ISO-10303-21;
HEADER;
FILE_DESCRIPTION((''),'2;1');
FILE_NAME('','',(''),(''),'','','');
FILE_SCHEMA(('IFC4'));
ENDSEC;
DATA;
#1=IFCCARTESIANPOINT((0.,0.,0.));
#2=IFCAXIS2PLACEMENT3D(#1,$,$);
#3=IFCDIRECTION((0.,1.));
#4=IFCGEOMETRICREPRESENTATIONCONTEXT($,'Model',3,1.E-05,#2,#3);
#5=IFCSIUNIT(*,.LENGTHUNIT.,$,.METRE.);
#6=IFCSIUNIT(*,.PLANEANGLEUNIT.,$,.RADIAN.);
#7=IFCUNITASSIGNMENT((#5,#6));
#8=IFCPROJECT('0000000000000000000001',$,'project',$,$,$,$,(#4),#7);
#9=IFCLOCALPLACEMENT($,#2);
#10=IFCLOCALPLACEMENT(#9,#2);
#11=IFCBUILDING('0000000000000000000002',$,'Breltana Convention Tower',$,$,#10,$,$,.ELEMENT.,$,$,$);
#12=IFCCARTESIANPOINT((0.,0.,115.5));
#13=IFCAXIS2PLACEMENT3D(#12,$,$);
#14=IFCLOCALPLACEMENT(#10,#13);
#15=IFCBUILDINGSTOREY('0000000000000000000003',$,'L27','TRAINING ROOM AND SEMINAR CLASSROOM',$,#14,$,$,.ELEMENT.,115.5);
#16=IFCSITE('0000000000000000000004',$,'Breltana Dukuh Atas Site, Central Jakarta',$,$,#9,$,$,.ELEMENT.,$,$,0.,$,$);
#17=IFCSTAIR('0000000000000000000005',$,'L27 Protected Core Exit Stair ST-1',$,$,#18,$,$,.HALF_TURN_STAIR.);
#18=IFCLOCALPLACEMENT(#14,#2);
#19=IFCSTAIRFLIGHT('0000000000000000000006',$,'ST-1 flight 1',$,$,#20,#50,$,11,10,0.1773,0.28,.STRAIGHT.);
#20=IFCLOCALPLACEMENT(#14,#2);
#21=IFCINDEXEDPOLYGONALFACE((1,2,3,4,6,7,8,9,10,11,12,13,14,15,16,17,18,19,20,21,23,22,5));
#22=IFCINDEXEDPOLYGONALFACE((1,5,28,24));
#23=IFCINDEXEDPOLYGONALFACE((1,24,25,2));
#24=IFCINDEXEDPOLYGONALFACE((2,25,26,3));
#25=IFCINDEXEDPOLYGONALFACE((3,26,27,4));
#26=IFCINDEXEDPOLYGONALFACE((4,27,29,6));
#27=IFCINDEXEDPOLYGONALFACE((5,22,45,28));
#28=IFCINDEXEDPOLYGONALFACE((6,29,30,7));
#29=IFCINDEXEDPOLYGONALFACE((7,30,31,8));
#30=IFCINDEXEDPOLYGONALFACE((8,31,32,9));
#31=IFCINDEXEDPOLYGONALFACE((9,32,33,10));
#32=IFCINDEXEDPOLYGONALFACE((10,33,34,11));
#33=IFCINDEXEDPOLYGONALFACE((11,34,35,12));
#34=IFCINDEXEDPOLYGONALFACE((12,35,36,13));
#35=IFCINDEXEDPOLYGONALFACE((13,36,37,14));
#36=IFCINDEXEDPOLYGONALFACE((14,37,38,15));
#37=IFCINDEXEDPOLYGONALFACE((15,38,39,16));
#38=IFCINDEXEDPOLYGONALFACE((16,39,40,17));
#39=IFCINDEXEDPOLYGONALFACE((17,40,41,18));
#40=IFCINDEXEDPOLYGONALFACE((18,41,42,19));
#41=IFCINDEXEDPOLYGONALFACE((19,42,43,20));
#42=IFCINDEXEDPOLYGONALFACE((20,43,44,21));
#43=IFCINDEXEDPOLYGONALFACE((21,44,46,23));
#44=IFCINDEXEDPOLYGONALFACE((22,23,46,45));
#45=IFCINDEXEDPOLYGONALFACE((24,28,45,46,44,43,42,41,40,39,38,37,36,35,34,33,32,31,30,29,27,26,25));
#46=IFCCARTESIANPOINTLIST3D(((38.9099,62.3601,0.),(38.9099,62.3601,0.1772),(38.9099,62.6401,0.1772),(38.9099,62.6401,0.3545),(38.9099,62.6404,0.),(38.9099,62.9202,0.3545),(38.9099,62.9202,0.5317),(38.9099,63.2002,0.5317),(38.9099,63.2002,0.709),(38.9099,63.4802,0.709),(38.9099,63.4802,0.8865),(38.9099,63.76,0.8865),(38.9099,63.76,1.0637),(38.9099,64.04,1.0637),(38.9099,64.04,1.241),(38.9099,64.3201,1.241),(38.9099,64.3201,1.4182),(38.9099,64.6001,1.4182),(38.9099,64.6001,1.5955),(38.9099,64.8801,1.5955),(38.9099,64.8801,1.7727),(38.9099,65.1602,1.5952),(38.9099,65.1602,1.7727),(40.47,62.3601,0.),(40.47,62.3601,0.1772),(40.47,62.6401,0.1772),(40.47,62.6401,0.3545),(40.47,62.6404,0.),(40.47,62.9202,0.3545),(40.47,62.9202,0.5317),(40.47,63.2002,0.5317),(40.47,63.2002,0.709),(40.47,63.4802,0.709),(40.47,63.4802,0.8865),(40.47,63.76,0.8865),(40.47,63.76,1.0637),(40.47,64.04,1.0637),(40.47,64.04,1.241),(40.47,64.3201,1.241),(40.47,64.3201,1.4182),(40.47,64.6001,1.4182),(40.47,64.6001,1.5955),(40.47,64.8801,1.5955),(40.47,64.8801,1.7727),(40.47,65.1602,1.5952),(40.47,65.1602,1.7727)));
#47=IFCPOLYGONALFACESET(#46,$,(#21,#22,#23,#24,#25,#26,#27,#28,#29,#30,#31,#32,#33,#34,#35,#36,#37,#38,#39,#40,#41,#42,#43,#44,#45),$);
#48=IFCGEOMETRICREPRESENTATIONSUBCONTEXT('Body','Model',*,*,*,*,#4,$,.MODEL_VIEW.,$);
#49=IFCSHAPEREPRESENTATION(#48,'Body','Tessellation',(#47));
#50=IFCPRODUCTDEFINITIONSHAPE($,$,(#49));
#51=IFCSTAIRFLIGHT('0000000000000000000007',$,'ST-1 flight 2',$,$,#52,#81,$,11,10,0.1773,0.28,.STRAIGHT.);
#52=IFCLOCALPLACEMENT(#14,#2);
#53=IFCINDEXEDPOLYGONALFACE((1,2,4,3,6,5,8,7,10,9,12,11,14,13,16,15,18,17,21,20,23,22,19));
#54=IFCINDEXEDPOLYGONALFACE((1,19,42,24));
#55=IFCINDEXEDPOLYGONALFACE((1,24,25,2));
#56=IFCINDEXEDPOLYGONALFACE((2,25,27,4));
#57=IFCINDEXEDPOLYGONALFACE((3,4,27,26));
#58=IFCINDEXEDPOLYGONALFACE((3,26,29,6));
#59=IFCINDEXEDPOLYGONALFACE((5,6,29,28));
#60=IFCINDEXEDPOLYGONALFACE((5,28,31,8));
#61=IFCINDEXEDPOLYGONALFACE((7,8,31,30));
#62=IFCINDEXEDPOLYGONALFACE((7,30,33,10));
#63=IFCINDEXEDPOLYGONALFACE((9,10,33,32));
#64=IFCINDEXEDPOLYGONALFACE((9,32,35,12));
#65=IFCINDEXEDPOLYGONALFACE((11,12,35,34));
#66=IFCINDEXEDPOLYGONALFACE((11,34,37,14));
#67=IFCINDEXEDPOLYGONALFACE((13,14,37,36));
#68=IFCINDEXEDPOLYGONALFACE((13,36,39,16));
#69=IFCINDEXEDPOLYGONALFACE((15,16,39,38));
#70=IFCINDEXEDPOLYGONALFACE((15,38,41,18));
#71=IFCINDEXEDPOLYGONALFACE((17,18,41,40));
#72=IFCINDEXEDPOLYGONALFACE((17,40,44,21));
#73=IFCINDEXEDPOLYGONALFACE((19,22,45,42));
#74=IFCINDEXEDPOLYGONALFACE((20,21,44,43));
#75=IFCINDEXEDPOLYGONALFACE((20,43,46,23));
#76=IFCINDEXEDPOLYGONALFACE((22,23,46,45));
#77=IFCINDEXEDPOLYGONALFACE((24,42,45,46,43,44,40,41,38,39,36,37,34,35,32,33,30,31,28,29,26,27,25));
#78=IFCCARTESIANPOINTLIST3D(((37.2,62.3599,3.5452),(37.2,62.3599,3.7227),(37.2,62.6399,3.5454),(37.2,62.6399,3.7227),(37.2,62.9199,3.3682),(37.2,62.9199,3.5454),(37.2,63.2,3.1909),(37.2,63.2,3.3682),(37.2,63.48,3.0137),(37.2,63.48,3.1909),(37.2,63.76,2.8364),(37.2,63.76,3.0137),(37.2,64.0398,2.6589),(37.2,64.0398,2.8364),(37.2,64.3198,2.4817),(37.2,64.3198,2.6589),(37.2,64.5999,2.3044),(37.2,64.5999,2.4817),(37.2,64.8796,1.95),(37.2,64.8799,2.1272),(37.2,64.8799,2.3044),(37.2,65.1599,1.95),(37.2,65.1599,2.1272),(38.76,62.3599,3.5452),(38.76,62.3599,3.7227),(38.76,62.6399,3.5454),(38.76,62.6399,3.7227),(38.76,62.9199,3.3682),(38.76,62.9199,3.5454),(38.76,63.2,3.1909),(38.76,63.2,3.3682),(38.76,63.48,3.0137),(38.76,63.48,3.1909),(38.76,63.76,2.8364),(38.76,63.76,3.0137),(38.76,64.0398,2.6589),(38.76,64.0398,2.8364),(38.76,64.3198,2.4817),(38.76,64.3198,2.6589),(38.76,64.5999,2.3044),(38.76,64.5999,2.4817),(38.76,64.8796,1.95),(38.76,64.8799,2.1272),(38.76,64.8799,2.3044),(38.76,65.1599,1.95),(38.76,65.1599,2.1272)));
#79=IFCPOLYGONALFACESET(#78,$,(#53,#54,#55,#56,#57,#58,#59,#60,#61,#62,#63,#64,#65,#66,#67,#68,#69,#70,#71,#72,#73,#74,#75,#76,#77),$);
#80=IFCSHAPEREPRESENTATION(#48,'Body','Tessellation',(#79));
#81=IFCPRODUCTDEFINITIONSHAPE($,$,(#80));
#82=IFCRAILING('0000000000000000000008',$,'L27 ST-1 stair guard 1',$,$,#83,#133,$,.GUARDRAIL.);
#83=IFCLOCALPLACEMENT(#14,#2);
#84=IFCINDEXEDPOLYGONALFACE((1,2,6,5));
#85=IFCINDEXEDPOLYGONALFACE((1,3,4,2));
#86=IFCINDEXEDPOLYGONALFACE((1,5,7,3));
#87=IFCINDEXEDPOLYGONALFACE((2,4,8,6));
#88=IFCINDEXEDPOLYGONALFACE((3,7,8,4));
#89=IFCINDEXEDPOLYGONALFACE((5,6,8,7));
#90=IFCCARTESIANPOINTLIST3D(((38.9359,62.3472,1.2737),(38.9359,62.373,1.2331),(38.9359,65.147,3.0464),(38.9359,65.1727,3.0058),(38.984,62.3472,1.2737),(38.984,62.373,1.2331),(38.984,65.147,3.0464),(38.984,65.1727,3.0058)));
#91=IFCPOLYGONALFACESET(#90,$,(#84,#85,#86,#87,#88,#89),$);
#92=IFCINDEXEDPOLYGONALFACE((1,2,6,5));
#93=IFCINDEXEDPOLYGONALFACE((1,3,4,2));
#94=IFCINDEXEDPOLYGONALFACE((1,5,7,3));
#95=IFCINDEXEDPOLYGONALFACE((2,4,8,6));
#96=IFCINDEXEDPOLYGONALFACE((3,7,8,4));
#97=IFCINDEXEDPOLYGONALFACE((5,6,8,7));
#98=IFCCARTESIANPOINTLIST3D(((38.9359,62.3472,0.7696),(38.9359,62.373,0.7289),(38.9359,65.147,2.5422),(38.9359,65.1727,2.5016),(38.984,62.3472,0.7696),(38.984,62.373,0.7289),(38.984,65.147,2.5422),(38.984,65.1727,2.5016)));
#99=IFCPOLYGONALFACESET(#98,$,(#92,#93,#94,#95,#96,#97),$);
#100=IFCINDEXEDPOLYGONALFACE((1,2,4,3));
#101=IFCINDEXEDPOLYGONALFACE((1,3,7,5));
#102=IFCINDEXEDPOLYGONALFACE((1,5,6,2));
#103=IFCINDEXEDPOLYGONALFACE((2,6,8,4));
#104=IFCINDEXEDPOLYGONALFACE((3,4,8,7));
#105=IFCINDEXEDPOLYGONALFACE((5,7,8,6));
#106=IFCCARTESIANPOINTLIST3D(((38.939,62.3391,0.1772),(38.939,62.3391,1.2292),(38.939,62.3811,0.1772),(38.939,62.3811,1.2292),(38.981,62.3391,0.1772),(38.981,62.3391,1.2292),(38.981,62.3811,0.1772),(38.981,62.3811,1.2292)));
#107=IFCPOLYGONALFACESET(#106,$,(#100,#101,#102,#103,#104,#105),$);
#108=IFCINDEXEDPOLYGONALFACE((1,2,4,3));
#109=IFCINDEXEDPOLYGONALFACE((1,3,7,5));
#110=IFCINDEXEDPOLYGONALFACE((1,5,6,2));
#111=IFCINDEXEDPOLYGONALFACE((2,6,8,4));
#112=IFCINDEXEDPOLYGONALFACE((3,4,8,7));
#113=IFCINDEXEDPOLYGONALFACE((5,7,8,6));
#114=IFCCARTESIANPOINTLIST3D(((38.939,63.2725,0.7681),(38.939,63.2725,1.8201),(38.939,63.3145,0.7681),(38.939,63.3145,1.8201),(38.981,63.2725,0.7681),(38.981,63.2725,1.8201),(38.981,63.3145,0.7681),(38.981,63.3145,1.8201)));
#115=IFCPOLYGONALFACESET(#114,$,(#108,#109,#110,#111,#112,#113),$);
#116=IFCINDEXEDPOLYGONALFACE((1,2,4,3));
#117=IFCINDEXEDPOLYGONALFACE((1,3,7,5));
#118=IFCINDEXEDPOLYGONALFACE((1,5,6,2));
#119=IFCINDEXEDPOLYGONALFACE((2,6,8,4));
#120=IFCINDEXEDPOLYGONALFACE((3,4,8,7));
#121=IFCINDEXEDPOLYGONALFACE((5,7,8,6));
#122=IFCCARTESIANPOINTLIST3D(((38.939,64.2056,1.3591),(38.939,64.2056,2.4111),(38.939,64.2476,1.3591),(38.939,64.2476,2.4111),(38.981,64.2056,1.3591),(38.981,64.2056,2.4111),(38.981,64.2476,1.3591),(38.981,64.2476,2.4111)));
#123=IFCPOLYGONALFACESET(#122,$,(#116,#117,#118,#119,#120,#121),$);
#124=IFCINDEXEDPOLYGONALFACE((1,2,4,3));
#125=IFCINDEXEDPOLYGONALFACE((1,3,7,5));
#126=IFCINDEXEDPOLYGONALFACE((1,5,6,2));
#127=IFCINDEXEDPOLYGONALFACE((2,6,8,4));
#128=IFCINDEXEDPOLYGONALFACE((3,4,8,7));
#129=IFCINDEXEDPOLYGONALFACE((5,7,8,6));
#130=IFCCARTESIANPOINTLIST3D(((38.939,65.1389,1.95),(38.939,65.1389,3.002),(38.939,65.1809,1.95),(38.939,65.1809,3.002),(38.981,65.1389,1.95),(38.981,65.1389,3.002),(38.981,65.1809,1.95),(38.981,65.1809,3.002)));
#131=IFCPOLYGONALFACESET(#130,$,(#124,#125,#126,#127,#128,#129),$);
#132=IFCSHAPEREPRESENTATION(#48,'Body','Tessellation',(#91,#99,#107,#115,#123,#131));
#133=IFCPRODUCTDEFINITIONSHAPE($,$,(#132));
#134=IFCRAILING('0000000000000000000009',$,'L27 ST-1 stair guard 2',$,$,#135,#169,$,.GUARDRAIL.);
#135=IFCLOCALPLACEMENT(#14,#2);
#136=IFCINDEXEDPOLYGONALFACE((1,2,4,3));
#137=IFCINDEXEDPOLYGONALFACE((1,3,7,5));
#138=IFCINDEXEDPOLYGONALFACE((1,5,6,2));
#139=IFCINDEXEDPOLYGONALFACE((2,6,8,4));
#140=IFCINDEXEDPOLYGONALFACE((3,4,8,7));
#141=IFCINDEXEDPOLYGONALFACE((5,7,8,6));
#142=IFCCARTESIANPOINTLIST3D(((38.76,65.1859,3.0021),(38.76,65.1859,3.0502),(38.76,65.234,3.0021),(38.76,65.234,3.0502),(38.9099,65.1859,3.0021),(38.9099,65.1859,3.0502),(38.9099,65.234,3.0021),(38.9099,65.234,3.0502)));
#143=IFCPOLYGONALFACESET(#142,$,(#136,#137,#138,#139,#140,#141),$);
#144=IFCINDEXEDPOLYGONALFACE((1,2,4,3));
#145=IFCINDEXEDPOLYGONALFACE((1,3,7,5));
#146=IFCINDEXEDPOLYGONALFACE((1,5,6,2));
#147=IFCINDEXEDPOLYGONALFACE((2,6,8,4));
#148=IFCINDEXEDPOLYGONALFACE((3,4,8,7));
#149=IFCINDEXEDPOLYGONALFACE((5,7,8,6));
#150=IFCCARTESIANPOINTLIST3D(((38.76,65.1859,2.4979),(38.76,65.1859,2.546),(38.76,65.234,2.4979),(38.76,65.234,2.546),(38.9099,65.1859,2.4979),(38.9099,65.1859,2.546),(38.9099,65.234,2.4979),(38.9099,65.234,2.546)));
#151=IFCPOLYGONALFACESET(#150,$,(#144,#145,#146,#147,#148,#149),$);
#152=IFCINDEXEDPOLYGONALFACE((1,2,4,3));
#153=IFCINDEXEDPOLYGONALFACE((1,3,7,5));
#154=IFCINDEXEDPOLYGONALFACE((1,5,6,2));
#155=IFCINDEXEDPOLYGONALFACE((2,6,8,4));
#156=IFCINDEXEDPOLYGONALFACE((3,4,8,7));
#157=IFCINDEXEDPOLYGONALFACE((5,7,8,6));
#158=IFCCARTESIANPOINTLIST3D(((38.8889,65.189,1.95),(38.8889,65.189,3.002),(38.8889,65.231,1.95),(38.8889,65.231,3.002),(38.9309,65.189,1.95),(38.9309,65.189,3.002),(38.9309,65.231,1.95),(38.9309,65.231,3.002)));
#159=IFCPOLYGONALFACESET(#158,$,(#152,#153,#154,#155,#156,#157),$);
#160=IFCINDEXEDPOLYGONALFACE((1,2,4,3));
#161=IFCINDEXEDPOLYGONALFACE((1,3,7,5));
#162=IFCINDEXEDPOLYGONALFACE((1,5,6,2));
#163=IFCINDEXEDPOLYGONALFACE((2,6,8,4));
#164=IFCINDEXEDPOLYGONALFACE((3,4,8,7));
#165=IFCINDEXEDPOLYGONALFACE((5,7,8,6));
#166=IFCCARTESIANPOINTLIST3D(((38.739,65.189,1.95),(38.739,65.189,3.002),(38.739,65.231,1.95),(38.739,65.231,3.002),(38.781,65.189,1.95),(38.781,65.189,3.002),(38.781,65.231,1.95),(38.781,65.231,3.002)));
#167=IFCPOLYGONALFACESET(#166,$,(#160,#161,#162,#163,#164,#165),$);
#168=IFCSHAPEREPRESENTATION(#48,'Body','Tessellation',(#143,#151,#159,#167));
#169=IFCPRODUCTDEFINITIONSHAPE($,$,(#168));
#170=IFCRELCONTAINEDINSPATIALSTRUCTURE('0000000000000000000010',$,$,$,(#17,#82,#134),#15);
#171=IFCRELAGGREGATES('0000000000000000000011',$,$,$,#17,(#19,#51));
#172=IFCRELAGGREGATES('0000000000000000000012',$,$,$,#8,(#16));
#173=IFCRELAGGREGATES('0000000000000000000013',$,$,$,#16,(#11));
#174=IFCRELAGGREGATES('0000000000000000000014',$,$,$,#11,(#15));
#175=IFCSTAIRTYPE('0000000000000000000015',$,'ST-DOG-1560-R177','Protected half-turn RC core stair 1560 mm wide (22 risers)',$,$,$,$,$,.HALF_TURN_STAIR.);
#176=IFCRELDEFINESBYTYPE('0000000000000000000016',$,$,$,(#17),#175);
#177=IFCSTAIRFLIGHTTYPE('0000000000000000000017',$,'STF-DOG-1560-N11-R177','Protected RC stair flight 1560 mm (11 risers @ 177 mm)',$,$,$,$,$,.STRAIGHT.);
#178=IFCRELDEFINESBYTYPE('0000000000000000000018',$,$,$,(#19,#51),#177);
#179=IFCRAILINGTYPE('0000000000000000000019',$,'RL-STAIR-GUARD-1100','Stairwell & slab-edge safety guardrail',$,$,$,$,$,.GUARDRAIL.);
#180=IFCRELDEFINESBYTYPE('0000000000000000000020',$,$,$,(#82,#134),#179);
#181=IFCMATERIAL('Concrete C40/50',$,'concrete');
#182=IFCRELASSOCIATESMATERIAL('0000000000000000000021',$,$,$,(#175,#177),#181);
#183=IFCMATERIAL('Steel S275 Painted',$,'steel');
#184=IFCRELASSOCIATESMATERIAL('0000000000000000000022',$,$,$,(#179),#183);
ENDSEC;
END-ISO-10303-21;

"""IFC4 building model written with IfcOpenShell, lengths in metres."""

from ifc_helpers import new_model, si_unit, direction, frame, origin, origin_2d, place, context, subcontext, project, spatial, polyline, rectangle, outline, extrude, material, type_object, element, aggregate, save


model = new_model("IFC4")

# Units and contexts
model_context = context("Model", 3, precision=1e-05, world=origin(), true_north=direction((0.0, 1.0)))
body_context = subcontext(model_context, "Body", "Model", "MODEL_VIEW")
ifc_project = project(units=[si_unit("LENGTHUNIT", "METRE"), si_unit("PLANEANGLEUNIT", "RADIAN")], contexts=[model_context])

# Site, building, storey
site_placement = place(None, origin())
site = spatial("IfcSite", under=ifc_project, at=site_placement, Name="Breltana Dukuh Atas Site, Central Jakarta", CompositionType="ELEMENT", RefElevation=0.0)
building_placement = place(site_placement, origin())
building = spatial("IfcBuilding", under=site, at=building_placement, Name="Breltana Convention Tower", CompositionType="ELEMENT")
storey_placement = place(building_placement, frame((0.0, 0.0, 115.5)))
storey = spatial("IfcBuildingStorey", under=building, at=storey_placement, Name="L27", Description="TRAINING ROOM AND SEMINAR CLASSROOM", CompositionType="ELEMENT", Elevation=115.5)

# Stair, stair flights
ifc_material_1 = material(Name="Concrete C40/50", Category="concrete")
stair_type = type_object("IfcStairType", Name="ST-DOG-1560-R177", Description="Protected half-turn RC core stair 1560 mm wide (22 risers)", PredefinedType="HALF_TURN_STAIR", material=ifc_material_1)
stair_placement = place(storey_placement, origin())
stair = element("IfcStair", 1, at=stair_placement, inside=storey, type_object=stair_type, Name="L27 Protected Core Exit Stair ST-1", PredefinedType="HALF_TURN_STAIR")
stair_flight_type = type_object("IfcStairFlightType", Name="STF-DOG-1560-N11-R177", Description="Protected RC stair flight 1560 mm (11 risers @ 177 mm)", PredefinedType="STRAIGHT", material=ifc_material_1)
stair_flight_1_placement = place(storey_placement, frame((39.6899, 62.3601, 0.0), z_axis=(0.0, 0.0, 1.0), x_axis=(0.0, 1.0, 0.0)))
stair_flight_1 = element("IfcStairFlight", 2, at=stair_flight_1_placement, type_object=stair_flight_type, Name="ST-1 flight 1", NumberOfRisers=11, NumberOfTreads=10, PredefinedType="STRAIGHT", RiserHeight=0.1773, TreadLength=0.28, context=body_context, shape_type="SweptSolid", body=[
    extrude(outline(polyline([(0.0, 0.0), (0.0, 0.1772), (0.28, 0.1772), (0.28, 0.3545), (0.5601, 0.3545), (0.5601, 0.5317), (0.8401, 0.5317), (0.8401, 0.709), (1.1201, 0.709), (1.1201, 0.8865), (1.3999, 0.8865), (1.3999, 1.0637), (1.6799, 1.0637), (1.6799, 1.241), (1.96, 1.241), (1.96, 1.4182), (2.24, 1.4182), (2.24, 1.5955), (2.52, 1.5955), (2.52, 1.7727), (2.8, 1.7727), (2.8, 1.95), (2.8, 1.5952), (0.2803, 0.0), (0.0, 0.0)])), frame((0.0, 0.78, 0.0), z_axis=(0.0, -1.0, 0.0), x_axis=(1.0, 0.0, 0.0)), (0.0, 0.0, 1.0), 1.5601),
])
stair_flight_2_placement = place(storey_placement, frame((37.98, 65.1599, 1.95), z_axis=(0.0, 0.0, 1.0), x_axis=(0.0, -1.0, 0.0)))
stair_flight_2 = element("IfcStairFlight", 3, at=stair_flight_2_placement, type_object=stair_flight_type, Name="ST-1 flight 2", NumberOfRisers=11, NumberOfTreads=10, PredefinedType="STRAIGHT", RiserHeight=0.1773, TreadLength=0.28, context=body_context, shape_type="SweptSolid", body=[
    extrude(outline(polyline([(0.0, 0.0), (0.0, 0.1772), (0.28, 0.1772), (0.28, 0.3545), (0.5601, 0.3545), (0.5601, 0.5317), (0.8401, 0.5317), (0.8401, 0.709), (1.1201, 0.709), (1.1201, 0.8865), (1.3999, 0.8865), (1.3999, 1.0637), (1.6799, 1.0637), (1.6799, 1.241), (1.96, 1.241), (1.96, 1.4182), (2.24, 1.4182), (2.24, 1.5955), (2.52, 1.5955), (2.52, 1.7727), (2.8, 1.7727), (2.8, 1.95), (2.8, 1.5952), (0.2803, 0.0), (0.0, 0.0)])), frame((0.0, 0.78, 0.0), z_axis=(0.0, -1.0, 0.0), x_axis=(1.0, 0.0, 0.0)), (0.0, 0.0, 1.0), 1.5601),
])
aggregate(stair, [stair_flight_1, stair_flight_2])

# Railings
ifc_material_2 = material(Name="Steel S275 Painted", Category="steel")
railing_type_1 = type_object("IfcRailingType", Name="RL-STAIR-GUARD-1100", Description="Stairwell & slab-edge safety guardrail", PredefinedType="GUARDRAIL", material=ifc_material_2)
railing_1_placement = place(storey_placement, frame((38.96, 62.3601, 0.1772)))
element("IfcRailing", 4, at=railing_1_placement, inside=storey, type_object=railing_type_1, Name="L27 ST-1 stair guard 1", PredefinedType="GUARDRAIL", context=body_context, shape_type="SweptSolid", body=[
    extrude(rectangle(XDim=0.0481, YDim=0.0481, at=origin_2d()), frame((0.0, 0.0, 1.0762), z_axis=(0.0, 0.844888, 0.534943), x_axis=(-1.0, 0.0, 0.0)), (0.0, 0.0, 1.0), 3.3137),
    extrude(rectangle(XDim=0.0481, YDim=0.0481, at=origin_2d()), frame((0.0, 0.0, 0.572), z_axis=(0.0, 0.844888, 0.534943), x_axis=(-1.0, 0.0, 0.0)), (0.0, 0.0, 1.0), 3.3137),
    extrude(rectangle(XDim=0.042, YDim=0.042, at=origin_2d()), origin(), (0.0, 0.0, 1.0), 1.052),
    extrude(rectangle(XDim=0.042, YDim=0.042, at=origin_2d()), frame((0.0, 0.9333, 0.5908)), (0.0, 0.0, 1.0), 1.052),
    extrude(rectangle(XDim=0.042, YDim=0.042, at=origin_2d()), frame((0.0, 1.8665, 1.1819)), (0.0, 0.0, 1.0), 1.052),
    extrude(rectangle(XDim=0.042, YDim=0.042, at=origin_2d()), frame((0.0, 2.7998, 1.7727)), (0.0, 0.0, 1.0), 1.052),
])
railing_2_placement = place(storey_placement, frame((38.9099, 65.21, 1.95)))
element("IfcRailing", 5, at=railing_2_placement, inside=storey, type_object=railing_type_1, Name="L27 ST-1 stair guard 2", PredefinedType="GUARDRAIL", context=body_context, shape_type="SweptSolid", body=[
    extrude(rectangle(XDim=0.0481, YDim=0.0481, at=origin_2d()), frame((0.0, 0.0, 1.0762), z_axis=(-1.0, 0.0, 0.0), x_axis=(0.0, -1.0, 0.0)), (0.0, 0.0, 1.0), 0.1499),
    extrude(rectangle(XDim=0.0481, YDim=0.0481, at=origin_2d()), frame((0.0, 0.0, 0.572), z_axis=(-1.0, 0.0, 0.0), x_axis=(0.0, -1.0, 0.0)), (0.0, 0.0, 1.0), 0.1499),
    extrude(rectangle(XDim=0.042, YDim=0.042, at=origin_2d()), origin(), (0.0, 0.0, 1.0), 1.052),
    extrude(rectangle(XDim=0.042, YDim=0.042, at=origin_2d()), frame((-0.1499, 0.0, 0.0)), (0.0, 0.0, 1.0), 1.052),
])

save(model, "model.ifc")
